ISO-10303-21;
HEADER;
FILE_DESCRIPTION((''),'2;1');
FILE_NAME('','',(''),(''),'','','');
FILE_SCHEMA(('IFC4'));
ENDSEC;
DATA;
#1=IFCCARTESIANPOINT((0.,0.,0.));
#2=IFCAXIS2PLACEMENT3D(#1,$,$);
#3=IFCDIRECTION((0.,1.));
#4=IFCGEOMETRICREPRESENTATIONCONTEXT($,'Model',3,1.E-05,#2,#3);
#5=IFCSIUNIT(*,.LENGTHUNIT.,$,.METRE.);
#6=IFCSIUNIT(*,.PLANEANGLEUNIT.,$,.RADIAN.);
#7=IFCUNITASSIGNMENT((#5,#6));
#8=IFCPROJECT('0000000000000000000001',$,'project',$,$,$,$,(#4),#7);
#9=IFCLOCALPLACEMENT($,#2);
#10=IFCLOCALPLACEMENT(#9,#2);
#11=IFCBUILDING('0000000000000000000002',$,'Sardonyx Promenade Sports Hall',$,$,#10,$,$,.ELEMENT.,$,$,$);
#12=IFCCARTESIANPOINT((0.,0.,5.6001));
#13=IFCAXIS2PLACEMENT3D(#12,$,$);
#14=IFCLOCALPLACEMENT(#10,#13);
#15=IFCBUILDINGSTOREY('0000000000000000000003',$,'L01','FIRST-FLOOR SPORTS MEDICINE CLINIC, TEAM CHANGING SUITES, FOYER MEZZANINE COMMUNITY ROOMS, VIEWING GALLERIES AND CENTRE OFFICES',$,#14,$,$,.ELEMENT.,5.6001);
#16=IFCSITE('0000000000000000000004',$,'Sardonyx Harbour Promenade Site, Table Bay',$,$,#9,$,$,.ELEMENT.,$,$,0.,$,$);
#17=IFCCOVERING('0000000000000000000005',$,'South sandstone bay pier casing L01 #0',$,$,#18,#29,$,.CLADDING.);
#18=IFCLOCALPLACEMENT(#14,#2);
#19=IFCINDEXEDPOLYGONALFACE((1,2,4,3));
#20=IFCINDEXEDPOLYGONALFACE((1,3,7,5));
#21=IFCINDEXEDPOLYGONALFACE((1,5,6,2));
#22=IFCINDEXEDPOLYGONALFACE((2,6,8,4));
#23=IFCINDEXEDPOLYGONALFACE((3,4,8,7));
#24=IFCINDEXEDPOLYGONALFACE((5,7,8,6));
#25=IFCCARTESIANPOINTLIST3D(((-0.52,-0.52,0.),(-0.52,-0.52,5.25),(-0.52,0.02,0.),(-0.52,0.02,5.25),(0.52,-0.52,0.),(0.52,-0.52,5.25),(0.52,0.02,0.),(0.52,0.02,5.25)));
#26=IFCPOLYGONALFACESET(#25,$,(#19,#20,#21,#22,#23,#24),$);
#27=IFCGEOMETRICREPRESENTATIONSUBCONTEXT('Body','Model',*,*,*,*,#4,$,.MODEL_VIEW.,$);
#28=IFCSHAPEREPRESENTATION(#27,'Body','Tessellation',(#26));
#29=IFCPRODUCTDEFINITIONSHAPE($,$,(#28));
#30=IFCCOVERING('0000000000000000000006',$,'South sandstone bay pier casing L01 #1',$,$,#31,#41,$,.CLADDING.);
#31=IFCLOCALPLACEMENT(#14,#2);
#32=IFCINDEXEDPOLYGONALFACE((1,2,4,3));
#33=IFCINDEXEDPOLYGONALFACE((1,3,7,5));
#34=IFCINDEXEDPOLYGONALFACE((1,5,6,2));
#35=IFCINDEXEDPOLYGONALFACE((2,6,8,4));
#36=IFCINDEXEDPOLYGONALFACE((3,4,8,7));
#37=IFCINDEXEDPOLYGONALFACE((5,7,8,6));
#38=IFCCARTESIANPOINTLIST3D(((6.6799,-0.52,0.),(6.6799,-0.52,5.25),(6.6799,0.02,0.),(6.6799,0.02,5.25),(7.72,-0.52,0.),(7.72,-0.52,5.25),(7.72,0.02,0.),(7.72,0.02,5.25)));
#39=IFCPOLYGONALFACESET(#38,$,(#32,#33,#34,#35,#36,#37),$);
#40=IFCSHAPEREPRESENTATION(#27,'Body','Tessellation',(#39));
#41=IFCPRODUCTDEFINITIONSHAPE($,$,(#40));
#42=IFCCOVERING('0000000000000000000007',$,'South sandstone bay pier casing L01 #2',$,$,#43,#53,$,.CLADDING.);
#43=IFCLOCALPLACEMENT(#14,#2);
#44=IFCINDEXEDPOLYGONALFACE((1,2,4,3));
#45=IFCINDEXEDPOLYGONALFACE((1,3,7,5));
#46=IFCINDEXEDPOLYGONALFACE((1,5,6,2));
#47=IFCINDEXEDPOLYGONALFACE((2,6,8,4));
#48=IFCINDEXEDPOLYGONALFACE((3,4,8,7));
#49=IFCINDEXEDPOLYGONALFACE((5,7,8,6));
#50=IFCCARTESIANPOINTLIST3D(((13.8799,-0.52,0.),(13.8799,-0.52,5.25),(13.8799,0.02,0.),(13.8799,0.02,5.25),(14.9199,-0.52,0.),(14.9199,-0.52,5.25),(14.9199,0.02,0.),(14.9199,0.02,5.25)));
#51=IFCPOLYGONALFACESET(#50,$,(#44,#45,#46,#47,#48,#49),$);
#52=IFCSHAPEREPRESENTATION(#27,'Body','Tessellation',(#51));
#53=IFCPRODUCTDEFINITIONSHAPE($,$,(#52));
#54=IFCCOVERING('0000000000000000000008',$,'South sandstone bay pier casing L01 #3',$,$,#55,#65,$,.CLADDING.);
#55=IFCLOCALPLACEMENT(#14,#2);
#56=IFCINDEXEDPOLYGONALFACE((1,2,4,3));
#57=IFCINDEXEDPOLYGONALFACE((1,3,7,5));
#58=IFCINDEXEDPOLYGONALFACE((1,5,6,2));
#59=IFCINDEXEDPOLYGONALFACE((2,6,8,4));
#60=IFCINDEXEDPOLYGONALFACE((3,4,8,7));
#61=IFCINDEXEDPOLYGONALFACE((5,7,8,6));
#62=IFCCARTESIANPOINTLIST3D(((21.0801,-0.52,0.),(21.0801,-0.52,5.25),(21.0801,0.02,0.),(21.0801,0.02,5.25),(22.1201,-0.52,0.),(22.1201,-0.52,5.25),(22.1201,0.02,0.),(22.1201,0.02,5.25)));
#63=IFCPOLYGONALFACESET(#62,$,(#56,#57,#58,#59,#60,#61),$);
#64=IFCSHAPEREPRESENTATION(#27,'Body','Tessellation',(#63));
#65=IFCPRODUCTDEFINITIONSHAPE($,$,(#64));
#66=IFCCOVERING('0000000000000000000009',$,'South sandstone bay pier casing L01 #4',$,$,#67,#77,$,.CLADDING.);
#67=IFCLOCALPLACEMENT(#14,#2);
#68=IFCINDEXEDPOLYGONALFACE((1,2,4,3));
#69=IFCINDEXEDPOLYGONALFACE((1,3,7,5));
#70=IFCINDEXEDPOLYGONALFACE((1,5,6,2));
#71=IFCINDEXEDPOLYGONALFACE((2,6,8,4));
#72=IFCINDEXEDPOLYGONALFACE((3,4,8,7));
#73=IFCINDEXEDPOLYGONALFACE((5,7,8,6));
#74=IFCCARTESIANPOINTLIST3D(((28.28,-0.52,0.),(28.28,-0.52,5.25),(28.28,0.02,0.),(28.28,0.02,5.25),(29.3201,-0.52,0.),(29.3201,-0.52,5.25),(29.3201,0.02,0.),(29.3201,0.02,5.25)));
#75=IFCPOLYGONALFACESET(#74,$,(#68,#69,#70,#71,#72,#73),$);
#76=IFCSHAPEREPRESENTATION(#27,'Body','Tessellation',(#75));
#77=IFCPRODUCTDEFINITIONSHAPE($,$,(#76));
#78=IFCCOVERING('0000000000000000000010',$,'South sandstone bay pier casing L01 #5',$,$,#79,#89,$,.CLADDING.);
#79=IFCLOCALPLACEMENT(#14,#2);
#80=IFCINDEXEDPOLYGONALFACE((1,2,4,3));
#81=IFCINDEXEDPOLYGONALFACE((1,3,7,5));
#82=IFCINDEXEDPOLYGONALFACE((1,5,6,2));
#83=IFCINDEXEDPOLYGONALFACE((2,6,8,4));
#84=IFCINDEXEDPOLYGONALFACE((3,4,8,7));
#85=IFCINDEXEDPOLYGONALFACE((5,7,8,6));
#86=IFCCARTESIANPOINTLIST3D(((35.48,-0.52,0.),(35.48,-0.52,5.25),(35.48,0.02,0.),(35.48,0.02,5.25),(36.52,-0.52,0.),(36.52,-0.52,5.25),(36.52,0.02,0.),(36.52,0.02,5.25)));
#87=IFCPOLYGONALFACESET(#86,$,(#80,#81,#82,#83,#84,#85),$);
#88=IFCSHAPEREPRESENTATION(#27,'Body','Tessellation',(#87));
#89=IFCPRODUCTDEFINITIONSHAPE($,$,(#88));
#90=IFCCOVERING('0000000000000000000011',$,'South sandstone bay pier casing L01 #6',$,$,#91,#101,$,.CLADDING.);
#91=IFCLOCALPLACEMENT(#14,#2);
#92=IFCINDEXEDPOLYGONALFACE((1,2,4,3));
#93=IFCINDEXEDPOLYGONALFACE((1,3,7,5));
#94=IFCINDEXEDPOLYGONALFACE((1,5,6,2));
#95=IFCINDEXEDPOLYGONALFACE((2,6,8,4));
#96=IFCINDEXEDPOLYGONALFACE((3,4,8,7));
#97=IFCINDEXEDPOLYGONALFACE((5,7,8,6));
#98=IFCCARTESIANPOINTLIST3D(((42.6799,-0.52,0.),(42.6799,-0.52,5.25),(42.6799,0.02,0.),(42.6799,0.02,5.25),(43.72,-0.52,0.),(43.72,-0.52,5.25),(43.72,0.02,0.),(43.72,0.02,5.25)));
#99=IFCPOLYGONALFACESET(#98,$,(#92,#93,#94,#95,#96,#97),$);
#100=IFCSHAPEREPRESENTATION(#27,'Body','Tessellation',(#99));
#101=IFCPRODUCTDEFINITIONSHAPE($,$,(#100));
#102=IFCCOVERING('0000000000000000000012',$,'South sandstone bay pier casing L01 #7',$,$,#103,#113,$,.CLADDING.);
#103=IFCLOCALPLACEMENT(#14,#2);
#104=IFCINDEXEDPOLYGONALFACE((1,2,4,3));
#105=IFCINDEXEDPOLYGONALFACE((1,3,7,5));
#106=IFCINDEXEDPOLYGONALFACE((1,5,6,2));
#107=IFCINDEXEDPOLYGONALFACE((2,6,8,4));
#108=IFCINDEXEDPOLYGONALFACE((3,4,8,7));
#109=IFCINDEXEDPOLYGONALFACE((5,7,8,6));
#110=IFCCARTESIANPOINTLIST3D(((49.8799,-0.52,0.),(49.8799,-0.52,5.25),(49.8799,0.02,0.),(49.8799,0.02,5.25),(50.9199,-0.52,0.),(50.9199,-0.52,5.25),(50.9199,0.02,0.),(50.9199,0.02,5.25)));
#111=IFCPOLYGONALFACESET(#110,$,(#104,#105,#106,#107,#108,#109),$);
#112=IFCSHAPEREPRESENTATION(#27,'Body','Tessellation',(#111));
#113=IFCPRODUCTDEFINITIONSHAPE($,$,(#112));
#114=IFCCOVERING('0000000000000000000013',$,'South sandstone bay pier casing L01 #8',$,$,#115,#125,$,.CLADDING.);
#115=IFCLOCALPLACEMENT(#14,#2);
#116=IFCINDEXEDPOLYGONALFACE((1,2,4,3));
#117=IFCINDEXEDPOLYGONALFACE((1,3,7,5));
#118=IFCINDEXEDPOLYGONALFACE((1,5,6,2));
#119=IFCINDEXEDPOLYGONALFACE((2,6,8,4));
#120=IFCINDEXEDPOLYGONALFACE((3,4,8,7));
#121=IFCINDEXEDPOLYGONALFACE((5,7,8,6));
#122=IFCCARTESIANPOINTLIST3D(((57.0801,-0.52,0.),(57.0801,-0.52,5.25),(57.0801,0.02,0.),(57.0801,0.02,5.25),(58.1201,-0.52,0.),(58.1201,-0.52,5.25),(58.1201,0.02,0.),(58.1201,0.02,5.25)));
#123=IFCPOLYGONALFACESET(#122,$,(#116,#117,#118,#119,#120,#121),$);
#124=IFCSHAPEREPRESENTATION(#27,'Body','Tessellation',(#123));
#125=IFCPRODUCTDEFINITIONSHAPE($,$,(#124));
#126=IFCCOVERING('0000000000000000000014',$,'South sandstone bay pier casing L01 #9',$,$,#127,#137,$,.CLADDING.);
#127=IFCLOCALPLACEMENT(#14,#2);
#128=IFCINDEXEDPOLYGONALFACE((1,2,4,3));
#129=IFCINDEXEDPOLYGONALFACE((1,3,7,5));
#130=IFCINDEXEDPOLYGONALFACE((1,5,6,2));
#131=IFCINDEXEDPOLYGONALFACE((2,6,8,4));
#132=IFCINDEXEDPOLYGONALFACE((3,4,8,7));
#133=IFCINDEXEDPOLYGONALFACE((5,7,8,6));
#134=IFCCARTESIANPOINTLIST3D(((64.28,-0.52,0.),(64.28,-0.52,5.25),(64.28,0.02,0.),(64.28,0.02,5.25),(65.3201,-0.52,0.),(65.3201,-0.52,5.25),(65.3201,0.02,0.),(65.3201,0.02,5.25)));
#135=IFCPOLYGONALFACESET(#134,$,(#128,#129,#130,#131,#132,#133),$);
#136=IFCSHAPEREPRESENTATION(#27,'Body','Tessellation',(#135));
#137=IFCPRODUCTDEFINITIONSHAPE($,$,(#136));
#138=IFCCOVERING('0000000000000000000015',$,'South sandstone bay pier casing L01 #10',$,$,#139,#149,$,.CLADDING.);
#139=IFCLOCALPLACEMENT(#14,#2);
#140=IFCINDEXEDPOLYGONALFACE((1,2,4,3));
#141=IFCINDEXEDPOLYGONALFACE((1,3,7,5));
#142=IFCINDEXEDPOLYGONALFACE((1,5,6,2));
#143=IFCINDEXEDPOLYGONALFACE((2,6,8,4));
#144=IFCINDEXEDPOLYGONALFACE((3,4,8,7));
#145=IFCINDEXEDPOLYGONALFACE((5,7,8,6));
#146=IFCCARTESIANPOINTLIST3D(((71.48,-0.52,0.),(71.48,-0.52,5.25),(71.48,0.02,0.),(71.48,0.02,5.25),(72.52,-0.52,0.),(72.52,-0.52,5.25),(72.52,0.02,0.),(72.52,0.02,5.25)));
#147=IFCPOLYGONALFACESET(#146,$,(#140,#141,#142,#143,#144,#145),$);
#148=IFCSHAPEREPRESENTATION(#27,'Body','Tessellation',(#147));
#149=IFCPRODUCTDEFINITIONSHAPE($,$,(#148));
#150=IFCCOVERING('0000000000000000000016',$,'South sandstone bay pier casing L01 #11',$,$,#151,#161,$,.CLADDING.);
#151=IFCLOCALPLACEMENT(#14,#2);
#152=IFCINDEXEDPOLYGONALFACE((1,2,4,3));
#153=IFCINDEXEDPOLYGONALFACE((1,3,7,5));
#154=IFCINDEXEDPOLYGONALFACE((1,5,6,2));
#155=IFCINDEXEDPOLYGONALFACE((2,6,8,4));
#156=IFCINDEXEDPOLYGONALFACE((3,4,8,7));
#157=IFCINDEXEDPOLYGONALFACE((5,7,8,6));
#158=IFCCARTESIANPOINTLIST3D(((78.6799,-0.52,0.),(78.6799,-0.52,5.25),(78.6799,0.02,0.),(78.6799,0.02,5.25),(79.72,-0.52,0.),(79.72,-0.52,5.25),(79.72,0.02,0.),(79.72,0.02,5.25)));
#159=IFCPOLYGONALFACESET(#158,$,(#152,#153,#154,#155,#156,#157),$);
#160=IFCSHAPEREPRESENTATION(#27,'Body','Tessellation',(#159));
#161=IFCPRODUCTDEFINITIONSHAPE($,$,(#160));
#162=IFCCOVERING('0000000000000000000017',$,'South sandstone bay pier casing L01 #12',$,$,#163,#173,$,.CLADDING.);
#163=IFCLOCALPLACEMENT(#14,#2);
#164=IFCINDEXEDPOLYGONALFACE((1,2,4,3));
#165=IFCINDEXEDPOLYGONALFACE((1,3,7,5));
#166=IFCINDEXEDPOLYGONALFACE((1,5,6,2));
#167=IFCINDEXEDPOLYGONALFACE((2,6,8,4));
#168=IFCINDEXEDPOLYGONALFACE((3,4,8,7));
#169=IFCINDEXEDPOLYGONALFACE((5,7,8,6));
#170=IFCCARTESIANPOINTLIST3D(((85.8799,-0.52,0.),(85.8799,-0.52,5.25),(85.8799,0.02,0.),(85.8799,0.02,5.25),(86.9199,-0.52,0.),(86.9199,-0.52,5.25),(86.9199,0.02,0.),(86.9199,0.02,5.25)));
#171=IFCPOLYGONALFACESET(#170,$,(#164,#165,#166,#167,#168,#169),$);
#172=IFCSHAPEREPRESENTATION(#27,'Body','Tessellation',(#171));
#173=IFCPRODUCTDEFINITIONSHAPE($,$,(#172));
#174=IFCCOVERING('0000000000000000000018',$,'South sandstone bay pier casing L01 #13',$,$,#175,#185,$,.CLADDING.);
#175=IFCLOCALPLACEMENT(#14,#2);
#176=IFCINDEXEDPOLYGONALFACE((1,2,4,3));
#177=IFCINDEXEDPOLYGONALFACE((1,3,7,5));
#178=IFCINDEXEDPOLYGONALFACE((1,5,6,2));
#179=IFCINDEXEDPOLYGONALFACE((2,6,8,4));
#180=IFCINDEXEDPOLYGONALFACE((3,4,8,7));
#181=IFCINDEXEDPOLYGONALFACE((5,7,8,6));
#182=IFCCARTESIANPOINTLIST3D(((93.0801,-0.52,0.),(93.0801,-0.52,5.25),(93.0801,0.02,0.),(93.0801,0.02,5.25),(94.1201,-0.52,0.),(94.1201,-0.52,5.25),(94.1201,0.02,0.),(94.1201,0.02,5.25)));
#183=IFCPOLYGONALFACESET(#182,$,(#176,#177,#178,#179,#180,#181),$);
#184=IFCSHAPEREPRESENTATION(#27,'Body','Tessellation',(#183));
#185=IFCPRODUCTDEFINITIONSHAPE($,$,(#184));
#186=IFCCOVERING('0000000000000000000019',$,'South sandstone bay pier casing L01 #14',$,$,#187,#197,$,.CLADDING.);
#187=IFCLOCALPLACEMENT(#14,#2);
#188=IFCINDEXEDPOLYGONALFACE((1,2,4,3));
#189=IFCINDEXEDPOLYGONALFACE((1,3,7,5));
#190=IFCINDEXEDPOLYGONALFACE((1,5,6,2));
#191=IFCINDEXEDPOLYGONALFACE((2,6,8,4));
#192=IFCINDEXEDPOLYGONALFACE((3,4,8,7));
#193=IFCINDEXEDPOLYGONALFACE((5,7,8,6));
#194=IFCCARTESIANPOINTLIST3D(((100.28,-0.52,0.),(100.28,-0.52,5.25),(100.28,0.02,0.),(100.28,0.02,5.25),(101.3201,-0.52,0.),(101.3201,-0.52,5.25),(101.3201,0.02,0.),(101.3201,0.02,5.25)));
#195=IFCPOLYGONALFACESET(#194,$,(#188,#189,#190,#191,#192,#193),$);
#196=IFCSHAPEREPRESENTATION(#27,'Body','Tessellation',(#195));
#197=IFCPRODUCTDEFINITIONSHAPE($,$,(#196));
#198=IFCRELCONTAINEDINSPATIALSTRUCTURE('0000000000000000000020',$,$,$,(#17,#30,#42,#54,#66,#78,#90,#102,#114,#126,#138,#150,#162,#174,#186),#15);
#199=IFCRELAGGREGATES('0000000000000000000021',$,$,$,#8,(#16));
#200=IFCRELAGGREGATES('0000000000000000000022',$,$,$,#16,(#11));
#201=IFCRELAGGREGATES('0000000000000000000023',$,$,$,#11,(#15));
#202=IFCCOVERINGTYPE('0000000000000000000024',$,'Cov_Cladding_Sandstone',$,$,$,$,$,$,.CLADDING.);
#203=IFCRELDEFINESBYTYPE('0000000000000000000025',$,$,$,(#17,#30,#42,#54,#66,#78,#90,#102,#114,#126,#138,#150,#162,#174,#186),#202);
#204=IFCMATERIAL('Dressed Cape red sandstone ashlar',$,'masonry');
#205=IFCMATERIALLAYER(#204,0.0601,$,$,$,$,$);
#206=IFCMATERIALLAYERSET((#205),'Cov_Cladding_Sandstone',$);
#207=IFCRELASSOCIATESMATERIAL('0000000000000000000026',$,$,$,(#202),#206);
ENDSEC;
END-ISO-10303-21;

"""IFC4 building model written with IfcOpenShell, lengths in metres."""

from ifc_helpers import new_model, si_unit, direction, frame, origin, place, context, subcontext, project, spatial, polyline, outline, extrude, material, layer, layer_set, type_object, element, save


model = new_model("IFC4")

# Units and contexts
model_context = context("Model", 3, precision=1e-05, world=origin(), true_north=direction((0.0, 1.0)))
body_context = subcontext(model_context, "Body", "Model", "MODEL_VIEW")
ifc_project = project(units=[si_unit("LENGTHUNIT", "METRE"), si_unit("PLANEANGLEUNIT", "RADIAN")], contexts=[model_context])

# Site, building, storey
site_placement = place(None, origin())
site = spatial("IfcSite", under=ifc_project, at=site_placement, Name="Sardonyx Harbour Promenade Site, Table Bay", CompositionType="ELEMENT", RefElevation=0.0)
building_placement = place(site_placement, origin())
building = spatial("IfcBuilding", under=site, at=building_placement, Name="Sardonyx Promenade Sports Hall", CompositionType="ELEMENT")
storey_placement = place(building_placement, frame((0.0, 0.0, 5.6001)))
storey = spatial("IfcBuildingStorey", under=building, at=storey_placement, Name="L01", Description="FIRST-FLOOR SPORTS MEDICINE CLINIC, TEAM CHANGING SUITES, FOYER MEZZANINE COMMUNITY ROOMS, VIEWING GALLERIES AND CENTRE OFFICES", CompositionType="ELEMENT", Elevation=5.6001)

# Coverings
ifc_material = material(Name="Dressed Cape red sandstone ashlar", Category="masonry")
ifc_layer = layer(ifc_material, 0.0601)
ifc_layer_set = layer_set([ifc_layer], Name="Cov_Cladding_Sandstone")
covering_type = type_object("IfcCoveringType", Name="Cov_Cladding_Sandstone", PredefinedType="CLADDING", material=ifc_layer_set)
covering_1_placement = place(storey_placement, origin())
element("IfcCovering", 1, at=covering_1_placement, inside=storey, type_object=covering_type, Name="South sandstone bay pier casing L01 #0", PredefinedType="CLADDING", context=body_context, shape_type="SweptSolid", body=[
    extrude(outline(polyline([(-0.52, -0.52), (0.52, -0.52), (0.52, 0.02), (-0.52, 0.02), (-0.52, -0.52)])), origin(), (0.0, 0.0, 1.0), 5.25),
])
covering_2_placement = place(storey_placement, origin())
element("IfcCovering", 2, at=covering_2_placement, inside=storey, type_object=covering_type, Name="South sandstone bay pier casing L01 #1", PredefinedType="CLADDING", context=body_context, shape_type="SweptSolid", body=[
    extrude(outline(polyline([(6.6799, -0.52), (7.72, -0.52), (7.72, 0.02), (6.6799, 0.02), (6.6799, -0.52)])), origin(), (0.0, 0.0, 1.0), 5.25),
])
covering_3_placement = place(storey_placement, origin())
element("IfcCovering", 3, at=covering_3_placement, inside=storey, type_object=covering_type, Name="South sandstone bay pier casing L01 #2", PredefinedType="CLADDING", context=body_context, shape_type="SweptSolid", body=[
    extrude(outline(polyline([(13.8799, -0.52), (14.9199, -0.52), (14.9199, 0.02), (13.8799, 0.02), (13.8799, -0.52)])), origin(), (0.0, 0.0, 1.0), 5.25),
])
covering_4_placement = place(storey_placement, origin())
element("IfcCovering", 4, at=covering_4_placement, inside=storey, type_object=covering_type, Name="South sandstone bay pier casing L01 #3", PredefinedType="CLADDING", context=body_context, shape_type="SweptSolid", body=[
    extrude(outline(polyline([(21.0801, -0.52), (22.1201, -0.52), (22.1201, 0.02), (21.0801, 0.02), (21.0801, -0.52)])), origin(), (0.0, 0.0, 1.0), 5.25),
])
covering_5_placement = place(storey_placement, origin())
element("IfcCovering", 5, at=covering_5_placement, inside=storey, type_object=covering_type, Name="South sandstone bay pier casing L01 #4", PredefinedType="CLADDING", context=body_context, shape_type="SweptSolid", body=[
    extrude(outline(polyline([(28.28, -0.52), (29.3201, -0.52), (29.3201, 0.02), (28.28, 0.02), (28.28, -0.52)])), origin(), (0.0, 0.0, 1.0), 5.25),
])
covering_6_placement = place(storey_placement, origin())
element("IfcCovering", 6, at=covering_6_placement, inside=storey, type_object=covering_type, Name="South sandstone bay pier casing L01 #5", PredefinedType="CLADDING", context=body_context, shape_type="SweptSolid", body=[
    extrude(outline(polyline([(35.48, -0.52), (36.52, -0.52), (36.52, 0.02), (35.48, 0.02), (35.48, -0.52)])), origin(), (0.0, 0.0, 1.0), 5.25),
])
covering_7_placement = place(storey_placement, origin())
element("IfcCovering", 7, at=covering_7_placement, inside=storey, type_object=covering_type, Name="South sandstone bay pier casing L01 #6", PredefinedType="CLADDING", context=body_context, shape_type="SweptSolid", body=[
    extrude(outline(polyline([(42.6799, -0.52), (43.72, -0.52), (43.72, 0.02), (42.6799, 0.02), (42.6799, -0.52)])), origin(), (0.0, 0.0, 1.0), 5.25),
])
covering_8_placement = place(storey_placement, origin())
element("IfcCovering", 8, at=covering_8_placement, inside=storey, type_object=covering_type, Name="South sandstone bay pier casing L01 #7", PredefinedType="CLADDING", context=body_context, shape_type="SweptSolid", body=[
    extrude(outline(polyline([(49.8799, -0.52), (50.9199, -0.52), (50.9199, 0.02), (49.8799, 0.02), (49.8799, -0.52)])), origin(), (0.0, 0.0, 1.0), 5.25),
])
covering_9_placement = place(storey_placement, origin())
element("IfcCovering", 9, at=covering_9_placement, inside=storey, type_object=covering_type, Name="South sandstone bay pier casing L01 #8", PredefinedType="CLADDING", context=body_context, shape_type="SweptSolid", body=[
    extrude(outline(polyline([(57.0801, -0.52), (58.1201, -0.52), (58.1201, 0.02), (57.0801, 0.02), (57.0801, -0.52)])), origin(), (0.0, 0.0, 1.0), 5.25),
])
covering_10_placement = place(storey_placement, origin())
element("IfcCovering", 10, at=covering_10_placement, inside=storey, type_object=covering_type, Name="South sandstone bay pier casing L01 #9", PredefinedType="CLADDING", context=body_context, shape_type="SweptSolid", body=[
    extrude(outline(polyline([(64.28, -0.52), (65.3201, -0.52), (65.3201, 0.02), (64.28, 0.02), (64.28, -0.52)])), origin(), (0.0, 0.0, 1.0), 5.25),
])
covering_11_placement = place(storey_placement, origin())
element("IfcCovering", 11, at=covering_11_placement, inside=storey, type_object=covering_type, Name="South sandstone bay pier casing L01 #10", PredefinedType="CLADDING", context=body_context, shape_type="SweptSolid", body=[
    extrude(outline(polyline([(71.48, -0.52), (72.52, -0.52), (72.52, 0.02), (71.48, 0.02), (71.48, -0.52)])), origin(), (0.0, 0.0, 1.0), 5.25),
])
covering_12_placement = place(storey_placement, origin())
element("IfcCovering", 12, at=covering_12_placement, inside=storey, type_object=covering_type, Name="South sandstone bay pier casing L01 #11", PredefinedType="CLADDING", context=body_context, shape_type="SweptSolid", body=[
    extrude(outline(polyline([(78.6799, -0.52), (79.72, -0.52), (79.72, 0.02), (78.6799, 0.02), (78.6799, -0.52)])), origin(), (0.0, 0.0, 1.0), 5.25),
])
covering_13_placement = place(storey_placement, origin())
element("IfcCovering", 13, at=covering_13_placement, inside=storey, type_object=covering_type, Name="South sandstone bay pier casing L01 #12", PredefinedType="CLADDING", context=body_context, shape_type="SweptSolid", body=[
    extrude(outline(polyline([(85.8799, -0.52), (86.9199, -0.52), (86.9199, 0.02), (85.8799, 0.02), (85.8799, -0.52)])), origin(), (0.0, 0.0, 1.0), 5.25),
])
covering_14_placement = place(storey_placement, origin())
element("IfcCovering", 14, at=covering_14_placement, inside=storey, type_object=covering_type, Name="South sandstone bay pier casing L01 #13", PredefinedType="CLADDING", context=body_context, shape_type="SweptSolid", body=[
    extrude(outline(polyline([(93.0801, -0.52), (94.1201, -0.52), (94.1201, 0.02), (93.0801, 0.02), (93.0801, -0.52)])), origin(), (0.0, 0.0, 1.0), 5.25),
])
covering_15_placement = place(storey_placement, origin())
element("IfcCovering", 15, at=covering_15_placement, inside=storey, type_object=covering_type, Name="South sandstone bay pier casing L01 #14", PredefinedType="CLADDING", context=body_context, shape_type="SweptSolid", body=[
    extrude(outline(polyline([(100.28, -0.52), (101.3201, -0.52), (101.3201, 0.02), (100.28, 0.02), (100.28, -0.52)])), origin(), (0.0, 0.0, 1.0), 5.25),
])

save(model, "model.ifc")
